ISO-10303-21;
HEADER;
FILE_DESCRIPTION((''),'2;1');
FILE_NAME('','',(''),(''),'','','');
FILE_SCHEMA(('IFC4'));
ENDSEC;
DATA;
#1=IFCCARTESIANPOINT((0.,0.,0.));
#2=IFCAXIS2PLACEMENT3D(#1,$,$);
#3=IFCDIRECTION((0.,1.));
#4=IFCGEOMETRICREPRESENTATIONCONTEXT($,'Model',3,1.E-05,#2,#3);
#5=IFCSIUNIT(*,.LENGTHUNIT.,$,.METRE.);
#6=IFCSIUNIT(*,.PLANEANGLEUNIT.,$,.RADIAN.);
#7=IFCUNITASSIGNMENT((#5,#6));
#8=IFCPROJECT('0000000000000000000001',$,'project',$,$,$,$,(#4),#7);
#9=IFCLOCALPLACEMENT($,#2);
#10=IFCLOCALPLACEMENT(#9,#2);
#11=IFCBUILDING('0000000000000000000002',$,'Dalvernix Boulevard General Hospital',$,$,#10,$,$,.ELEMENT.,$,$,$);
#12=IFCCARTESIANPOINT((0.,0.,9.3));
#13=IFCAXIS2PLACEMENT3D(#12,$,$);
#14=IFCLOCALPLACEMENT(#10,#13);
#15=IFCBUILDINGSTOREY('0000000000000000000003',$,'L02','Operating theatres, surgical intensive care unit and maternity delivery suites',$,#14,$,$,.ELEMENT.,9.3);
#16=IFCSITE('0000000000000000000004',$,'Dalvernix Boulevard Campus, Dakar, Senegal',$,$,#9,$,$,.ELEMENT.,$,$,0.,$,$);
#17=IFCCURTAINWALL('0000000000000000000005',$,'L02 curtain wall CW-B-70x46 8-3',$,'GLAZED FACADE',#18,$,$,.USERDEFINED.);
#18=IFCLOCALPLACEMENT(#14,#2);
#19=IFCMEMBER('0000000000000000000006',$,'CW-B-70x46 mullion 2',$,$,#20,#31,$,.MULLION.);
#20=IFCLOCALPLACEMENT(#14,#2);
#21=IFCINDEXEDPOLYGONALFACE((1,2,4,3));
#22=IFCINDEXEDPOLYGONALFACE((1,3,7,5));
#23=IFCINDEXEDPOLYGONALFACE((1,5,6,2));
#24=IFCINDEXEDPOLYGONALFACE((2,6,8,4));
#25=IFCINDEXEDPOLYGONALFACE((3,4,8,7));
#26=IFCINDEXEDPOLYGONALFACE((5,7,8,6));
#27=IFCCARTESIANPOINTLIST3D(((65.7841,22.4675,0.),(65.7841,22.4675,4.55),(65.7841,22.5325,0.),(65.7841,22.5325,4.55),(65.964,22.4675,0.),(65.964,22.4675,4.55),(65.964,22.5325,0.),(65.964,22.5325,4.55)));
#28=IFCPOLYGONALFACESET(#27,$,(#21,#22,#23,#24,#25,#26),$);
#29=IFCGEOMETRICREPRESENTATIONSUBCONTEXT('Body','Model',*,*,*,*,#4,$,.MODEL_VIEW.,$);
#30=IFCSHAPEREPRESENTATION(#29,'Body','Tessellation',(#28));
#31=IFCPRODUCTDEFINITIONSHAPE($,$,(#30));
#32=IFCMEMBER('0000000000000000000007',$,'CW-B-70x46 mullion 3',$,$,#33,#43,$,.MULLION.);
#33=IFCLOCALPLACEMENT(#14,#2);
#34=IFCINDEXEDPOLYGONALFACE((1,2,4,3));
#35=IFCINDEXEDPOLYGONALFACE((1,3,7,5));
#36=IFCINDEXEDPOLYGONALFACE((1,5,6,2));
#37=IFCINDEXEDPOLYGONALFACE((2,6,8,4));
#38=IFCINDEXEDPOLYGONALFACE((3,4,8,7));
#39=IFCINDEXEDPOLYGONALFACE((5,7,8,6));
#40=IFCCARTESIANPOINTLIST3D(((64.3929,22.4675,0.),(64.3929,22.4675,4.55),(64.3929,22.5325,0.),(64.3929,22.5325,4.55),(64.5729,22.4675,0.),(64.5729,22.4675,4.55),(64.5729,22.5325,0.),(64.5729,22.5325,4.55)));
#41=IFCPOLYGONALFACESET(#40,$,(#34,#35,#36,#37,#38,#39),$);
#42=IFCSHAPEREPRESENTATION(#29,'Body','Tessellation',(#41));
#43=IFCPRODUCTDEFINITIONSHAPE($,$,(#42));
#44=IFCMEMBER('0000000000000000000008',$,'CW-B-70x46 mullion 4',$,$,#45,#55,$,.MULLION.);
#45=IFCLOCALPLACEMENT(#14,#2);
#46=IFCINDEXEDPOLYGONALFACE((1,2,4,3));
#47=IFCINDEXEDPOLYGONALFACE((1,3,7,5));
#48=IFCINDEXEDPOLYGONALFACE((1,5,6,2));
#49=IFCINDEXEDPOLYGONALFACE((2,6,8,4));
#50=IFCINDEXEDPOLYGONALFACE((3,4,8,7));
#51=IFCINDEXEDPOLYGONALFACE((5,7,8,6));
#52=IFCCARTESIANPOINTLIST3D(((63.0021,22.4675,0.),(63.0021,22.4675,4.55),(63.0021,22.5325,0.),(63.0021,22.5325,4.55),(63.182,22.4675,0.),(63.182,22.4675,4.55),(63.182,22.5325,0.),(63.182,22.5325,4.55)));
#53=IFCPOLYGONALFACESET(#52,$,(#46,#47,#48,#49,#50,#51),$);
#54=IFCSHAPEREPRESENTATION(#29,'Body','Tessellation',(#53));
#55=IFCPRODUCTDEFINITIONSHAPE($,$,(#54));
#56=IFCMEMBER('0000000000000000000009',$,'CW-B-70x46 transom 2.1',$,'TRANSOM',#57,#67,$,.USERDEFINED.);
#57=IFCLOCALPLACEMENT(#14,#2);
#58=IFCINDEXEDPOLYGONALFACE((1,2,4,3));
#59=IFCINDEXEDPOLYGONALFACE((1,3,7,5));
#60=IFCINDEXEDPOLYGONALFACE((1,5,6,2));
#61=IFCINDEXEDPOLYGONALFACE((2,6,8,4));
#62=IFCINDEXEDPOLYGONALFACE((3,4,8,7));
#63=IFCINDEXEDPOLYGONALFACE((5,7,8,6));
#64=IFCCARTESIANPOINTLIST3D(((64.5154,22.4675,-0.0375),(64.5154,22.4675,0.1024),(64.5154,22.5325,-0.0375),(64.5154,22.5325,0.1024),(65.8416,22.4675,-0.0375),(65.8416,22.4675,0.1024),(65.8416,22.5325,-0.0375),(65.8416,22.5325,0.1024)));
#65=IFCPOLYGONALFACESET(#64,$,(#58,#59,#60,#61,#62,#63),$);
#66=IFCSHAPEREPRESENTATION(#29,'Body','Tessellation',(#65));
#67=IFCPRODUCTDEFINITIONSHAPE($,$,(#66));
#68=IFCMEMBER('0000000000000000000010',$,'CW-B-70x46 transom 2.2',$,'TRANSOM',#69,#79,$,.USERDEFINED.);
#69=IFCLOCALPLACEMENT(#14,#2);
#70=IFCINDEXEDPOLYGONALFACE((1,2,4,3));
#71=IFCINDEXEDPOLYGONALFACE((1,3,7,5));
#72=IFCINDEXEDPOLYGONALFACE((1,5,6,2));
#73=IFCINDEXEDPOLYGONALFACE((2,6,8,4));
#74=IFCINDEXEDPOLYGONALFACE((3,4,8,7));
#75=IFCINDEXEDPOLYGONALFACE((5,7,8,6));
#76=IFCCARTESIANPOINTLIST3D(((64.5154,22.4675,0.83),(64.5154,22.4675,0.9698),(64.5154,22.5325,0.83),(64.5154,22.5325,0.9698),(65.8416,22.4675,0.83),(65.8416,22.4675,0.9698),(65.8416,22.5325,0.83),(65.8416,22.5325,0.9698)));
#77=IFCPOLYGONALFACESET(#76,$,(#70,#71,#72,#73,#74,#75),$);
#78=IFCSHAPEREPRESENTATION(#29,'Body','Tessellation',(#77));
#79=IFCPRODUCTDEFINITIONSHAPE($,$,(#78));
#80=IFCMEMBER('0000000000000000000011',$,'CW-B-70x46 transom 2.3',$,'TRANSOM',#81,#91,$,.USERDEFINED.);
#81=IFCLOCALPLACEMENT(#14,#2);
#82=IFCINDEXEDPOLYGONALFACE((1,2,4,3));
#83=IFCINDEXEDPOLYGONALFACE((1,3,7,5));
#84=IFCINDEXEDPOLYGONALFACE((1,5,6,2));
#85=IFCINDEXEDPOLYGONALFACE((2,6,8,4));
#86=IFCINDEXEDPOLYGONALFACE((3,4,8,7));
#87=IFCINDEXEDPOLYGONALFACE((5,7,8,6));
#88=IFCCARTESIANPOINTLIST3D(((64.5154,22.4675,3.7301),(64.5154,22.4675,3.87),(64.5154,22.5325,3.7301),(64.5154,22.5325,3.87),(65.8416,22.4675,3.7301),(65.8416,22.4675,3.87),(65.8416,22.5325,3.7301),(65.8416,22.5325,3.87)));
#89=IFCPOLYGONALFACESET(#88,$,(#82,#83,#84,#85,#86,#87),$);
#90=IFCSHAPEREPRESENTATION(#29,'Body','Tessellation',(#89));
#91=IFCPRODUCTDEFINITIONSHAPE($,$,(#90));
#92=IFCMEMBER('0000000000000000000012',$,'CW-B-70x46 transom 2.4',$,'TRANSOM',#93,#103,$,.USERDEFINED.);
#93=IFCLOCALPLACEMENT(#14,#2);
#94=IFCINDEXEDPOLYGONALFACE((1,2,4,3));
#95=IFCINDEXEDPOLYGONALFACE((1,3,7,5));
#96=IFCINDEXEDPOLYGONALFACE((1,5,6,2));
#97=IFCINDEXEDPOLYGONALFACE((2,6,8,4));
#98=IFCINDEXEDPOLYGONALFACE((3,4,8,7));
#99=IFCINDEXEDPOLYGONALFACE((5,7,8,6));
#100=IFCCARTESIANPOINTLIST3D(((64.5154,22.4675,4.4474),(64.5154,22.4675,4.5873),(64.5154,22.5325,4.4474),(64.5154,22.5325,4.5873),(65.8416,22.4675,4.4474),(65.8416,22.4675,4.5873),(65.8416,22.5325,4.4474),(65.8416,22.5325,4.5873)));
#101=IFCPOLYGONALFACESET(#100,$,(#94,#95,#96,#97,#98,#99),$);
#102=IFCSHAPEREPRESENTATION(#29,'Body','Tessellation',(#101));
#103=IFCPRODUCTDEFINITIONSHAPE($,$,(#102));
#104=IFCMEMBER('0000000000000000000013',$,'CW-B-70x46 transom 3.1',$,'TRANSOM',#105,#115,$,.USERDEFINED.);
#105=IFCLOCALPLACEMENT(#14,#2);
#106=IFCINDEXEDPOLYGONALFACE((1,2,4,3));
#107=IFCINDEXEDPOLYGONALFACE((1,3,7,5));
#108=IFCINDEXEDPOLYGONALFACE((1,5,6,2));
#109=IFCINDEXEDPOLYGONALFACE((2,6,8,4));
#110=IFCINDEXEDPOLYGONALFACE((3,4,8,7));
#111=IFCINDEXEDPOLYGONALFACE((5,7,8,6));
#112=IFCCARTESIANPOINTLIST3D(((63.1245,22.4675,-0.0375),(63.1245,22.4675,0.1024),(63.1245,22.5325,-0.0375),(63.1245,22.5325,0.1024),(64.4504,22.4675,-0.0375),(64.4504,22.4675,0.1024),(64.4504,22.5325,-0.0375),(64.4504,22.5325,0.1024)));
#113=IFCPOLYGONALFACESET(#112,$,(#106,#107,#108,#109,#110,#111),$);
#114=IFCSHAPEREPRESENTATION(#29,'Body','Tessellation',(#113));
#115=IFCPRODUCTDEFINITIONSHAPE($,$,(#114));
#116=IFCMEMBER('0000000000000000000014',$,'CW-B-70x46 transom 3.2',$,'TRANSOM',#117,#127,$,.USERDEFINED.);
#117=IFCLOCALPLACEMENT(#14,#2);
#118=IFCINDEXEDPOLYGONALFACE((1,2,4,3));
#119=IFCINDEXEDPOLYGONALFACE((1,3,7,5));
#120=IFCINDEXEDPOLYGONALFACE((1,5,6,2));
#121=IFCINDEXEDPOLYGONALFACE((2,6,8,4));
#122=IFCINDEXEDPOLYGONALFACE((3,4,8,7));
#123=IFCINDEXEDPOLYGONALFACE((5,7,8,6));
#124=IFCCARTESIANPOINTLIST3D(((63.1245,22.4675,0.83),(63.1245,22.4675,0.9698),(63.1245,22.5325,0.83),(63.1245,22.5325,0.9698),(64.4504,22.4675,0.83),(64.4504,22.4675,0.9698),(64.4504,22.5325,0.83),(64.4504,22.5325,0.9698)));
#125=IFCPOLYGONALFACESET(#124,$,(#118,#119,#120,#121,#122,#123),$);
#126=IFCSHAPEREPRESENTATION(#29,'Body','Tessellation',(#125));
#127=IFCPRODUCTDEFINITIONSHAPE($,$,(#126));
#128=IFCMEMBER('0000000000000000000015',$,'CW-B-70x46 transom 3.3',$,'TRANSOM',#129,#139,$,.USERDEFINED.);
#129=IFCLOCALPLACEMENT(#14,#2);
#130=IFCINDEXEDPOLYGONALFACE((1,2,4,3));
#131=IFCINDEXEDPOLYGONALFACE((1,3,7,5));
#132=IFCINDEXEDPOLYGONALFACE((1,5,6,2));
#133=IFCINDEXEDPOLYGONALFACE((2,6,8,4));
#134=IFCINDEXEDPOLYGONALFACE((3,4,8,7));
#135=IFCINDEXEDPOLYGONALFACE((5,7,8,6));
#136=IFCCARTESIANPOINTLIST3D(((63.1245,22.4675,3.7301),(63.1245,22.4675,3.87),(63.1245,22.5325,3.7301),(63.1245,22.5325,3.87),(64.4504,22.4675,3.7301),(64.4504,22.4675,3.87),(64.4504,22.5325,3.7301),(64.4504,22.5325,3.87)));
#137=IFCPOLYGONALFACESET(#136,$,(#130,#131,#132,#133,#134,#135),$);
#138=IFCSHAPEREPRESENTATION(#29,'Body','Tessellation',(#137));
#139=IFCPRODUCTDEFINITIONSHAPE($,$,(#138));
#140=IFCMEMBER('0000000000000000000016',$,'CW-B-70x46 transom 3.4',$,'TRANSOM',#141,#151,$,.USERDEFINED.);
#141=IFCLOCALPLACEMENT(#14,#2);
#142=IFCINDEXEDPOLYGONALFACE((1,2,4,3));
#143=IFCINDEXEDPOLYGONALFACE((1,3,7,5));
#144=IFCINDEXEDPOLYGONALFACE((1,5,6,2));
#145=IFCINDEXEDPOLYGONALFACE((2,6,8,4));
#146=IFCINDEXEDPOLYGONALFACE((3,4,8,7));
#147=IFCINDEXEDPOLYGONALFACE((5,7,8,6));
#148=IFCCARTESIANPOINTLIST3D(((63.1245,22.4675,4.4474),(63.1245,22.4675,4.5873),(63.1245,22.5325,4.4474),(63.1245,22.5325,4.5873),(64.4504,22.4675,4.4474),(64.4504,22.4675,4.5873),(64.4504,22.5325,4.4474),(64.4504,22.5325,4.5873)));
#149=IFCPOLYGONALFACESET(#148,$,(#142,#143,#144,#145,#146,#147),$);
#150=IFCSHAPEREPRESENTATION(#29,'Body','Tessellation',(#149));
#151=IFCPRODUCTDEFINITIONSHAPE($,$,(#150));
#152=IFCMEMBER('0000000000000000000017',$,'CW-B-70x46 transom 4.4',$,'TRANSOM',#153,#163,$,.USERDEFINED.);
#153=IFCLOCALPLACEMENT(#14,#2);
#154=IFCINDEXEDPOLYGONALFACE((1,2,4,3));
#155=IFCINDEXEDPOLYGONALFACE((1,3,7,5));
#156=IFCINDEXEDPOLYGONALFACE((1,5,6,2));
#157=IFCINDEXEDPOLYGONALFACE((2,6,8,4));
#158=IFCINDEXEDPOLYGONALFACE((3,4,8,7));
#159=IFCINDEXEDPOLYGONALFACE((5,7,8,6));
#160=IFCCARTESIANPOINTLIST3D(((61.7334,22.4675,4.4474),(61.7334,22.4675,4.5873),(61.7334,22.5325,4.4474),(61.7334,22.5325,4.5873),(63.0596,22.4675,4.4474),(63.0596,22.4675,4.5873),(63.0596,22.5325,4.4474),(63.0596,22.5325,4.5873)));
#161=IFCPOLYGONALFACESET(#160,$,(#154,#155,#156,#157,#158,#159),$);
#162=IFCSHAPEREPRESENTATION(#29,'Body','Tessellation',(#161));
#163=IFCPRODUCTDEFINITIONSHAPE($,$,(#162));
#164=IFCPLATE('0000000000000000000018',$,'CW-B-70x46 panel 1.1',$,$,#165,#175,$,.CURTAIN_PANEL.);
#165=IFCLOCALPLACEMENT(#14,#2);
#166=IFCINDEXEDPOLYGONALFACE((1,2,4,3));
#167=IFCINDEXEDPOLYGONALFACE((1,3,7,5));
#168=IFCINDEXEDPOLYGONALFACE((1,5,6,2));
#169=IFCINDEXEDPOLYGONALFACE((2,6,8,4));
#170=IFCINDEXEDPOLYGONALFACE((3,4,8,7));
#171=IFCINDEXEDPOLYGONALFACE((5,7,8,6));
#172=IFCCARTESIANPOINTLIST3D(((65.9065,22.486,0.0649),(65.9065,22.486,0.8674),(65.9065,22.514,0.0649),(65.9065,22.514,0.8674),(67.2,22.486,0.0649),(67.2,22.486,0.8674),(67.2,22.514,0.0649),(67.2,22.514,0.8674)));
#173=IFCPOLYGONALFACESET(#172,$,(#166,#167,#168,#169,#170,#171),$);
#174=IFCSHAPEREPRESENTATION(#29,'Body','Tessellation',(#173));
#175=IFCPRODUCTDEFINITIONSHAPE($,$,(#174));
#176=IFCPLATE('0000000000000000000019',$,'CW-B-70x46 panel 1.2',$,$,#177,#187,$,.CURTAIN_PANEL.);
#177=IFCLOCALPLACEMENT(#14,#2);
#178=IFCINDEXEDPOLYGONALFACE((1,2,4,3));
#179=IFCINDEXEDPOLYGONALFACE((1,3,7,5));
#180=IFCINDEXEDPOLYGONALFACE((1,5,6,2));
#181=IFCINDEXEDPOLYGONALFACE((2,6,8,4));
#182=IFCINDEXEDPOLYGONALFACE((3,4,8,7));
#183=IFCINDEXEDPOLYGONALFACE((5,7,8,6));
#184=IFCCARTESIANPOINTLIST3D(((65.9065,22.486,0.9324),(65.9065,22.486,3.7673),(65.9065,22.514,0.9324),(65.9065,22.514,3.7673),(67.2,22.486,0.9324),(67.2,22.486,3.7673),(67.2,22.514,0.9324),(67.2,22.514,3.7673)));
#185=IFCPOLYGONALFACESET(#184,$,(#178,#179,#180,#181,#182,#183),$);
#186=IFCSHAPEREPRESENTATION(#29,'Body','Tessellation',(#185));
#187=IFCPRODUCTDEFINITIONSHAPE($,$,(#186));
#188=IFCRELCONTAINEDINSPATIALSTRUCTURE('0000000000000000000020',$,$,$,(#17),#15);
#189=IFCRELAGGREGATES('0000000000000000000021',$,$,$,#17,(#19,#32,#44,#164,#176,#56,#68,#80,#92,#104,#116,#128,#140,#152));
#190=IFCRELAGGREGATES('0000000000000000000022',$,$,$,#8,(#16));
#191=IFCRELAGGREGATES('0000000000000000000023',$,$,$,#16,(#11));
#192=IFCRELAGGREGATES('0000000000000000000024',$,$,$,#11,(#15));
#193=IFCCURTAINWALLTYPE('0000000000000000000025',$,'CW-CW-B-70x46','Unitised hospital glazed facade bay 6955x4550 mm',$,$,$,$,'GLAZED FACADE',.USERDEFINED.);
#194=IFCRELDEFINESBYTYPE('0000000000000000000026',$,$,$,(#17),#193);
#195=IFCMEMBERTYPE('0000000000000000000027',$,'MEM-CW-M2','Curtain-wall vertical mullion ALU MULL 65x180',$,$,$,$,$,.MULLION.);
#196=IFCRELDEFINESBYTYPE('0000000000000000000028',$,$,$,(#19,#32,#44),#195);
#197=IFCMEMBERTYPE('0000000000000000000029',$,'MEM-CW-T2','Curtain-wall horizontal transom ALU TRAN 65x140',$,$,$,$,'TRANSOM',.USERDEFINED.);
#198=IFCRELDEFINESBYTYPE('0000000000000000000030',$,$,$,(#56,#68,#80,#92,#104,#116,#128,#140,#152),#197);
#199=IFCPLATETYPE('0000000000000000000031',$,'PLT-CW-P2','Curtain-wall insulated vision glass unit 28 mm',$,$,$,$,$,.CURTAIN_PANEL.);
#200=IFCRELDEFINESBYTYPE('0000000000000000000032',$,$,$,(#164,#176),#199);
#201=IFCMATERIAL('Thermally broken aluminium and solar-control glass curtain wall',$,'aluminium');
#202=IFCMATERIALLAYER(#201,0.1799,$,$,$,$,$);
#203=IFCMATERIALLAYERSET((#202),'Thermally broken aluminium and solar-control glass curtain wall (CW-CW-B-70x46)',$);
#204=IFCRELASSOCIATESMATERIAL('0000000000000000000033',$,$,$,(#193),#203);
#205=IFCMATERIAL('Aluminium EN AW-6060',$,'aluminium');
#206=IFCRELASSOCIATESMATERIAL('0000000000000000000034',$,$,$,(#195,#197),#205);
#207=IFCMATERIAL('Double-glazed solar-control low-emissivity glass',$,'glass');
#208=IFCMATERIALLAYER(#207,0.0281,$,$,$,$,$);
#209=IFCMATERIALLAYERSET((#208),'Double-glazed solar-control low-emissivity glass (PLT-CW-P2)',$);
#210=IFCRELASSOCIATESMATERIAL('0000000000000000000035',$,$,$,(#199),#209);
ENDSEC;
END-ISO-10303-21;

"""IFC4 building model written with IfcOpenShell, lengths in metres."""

from ifc_helpers import new_model, si_unit, direction, frame, origin, origin_2d, place, context, subcontext, project, spatial, rectangle, extrude, material, layer, layer_set, material_profile, profile_set, type_object, element, aggregate, save


model = new_model("IFC4")

# Units and contexts
model_context = context("Model", 3, precision=1e-05, world=origin(), true_north=direction((0.0, 1.0)))
body_context = subcontext(model_context, "Body", "Model", "MODEL_VIEW")
ifc_project = project(units=[si_unit("LENGTHUNIT", "METRE"), si_unit("PLANEANGLEUNIT", "RADIAN")], contexts=[model_context])

# Site, building, storey
site_placement = place(None, origin())
site = spatial("IfcSite", under=ifc_project, at=site_placement, Name="Dalvernix Boulevard Campus, Dakar, Senegal", CompositionType="ELEMENT", RefElevation=0.0)
building_placement = place(site_placement, origin())
building = spatial("IfcBuilding", under=site, at=building_placement, Name="Dalvernix Boulevard General Hospital", CompositionType="ELEMENT")
storey_placement = place(building_placement, frame((0.0, 0.0, 9.3)))
storey = spatial("IfcBuildingStorey", under=building, at=storey_placement, Name="L02", Description="Operating theatres, surgical intensive care unit and maternity delivery suites", CompositionType="ELEMENT", Elevation=9.3)

# Curtain wall, members, plates
ifc_material_1 = material(Name="Thermally broken aluminium and solar-control glass curtain wall", Category="aluminium")
ifc_layer_1 = layer(ifc_material_1, 0.1799)
ifc_layer_set_1 = layer_set([ifc_layer_1], Name="Thermally broken aluminium and solar-control glass curtain wall (CW-CW-B-70x46)")
curtain_wall_type = type_object("IfcCurtainWallType", Name="CW-CW-B-70x46", Description="Unitised hospital glazed facade bay 6955x4550 mm", ElementType="GLAZED FACADE", PredefinedType="USERDEFINED", material=ifc_layer_set_1)
curtain_wall_placement = place(storey_placement, origin())
curtain_wall = element("IfcCurtainWall", 1, at=curtain_wall_placement, inside=storey, type_object=curtain_wall_type, Name="L02 curtain wall CW-B-70x46 8-3", ObjectType="GLAZED FACADE", PredefinedType="USERDEFINED")
ifc_material_2 = material(Name="Aluminium EN AW-6060", Category="aluminium")
ifc_material_profile_1 = material_profile(ifc_material_2, rectangle(XDim=0.0649, YDim=0.1799, at=origin_2d()), Name="ALU MULL 65x180")
ifc_profile_set_1 = profile_set([ifc_material_profile_1], Name="Aluminium EN AW-6060")
member_type_1 = type_object("IfcMemberType", Name="MEM-CW-M2", Description="Curtain-wall vertical mullion ALU MULL 65x180", PredefinedType="MULLION", material=ifc_profile_set_1)
member_1_placement = place(storey_placement, frame((65.874, 22.5, 0.0), z_axis=(0.0, 0.0, 1.0), x_axis=(0.0, -1.0, 0.0)))
member_1 = element("IfcMember", 2, at=member_1_placement, type_object=member_type_1, Name="CW-B-70x46 mullion 2", PredefinedType="MULLION", context=body_context, shape_type="SweptSolid", body=[
    extrude(rectangle(XDim=0.0649, YDim=0.1799, at=origin_2d()), origin(), (0.0, 0.0, 1.0), 4.55),
])
member_2_placement = place(storey_placement, frame((64.4829, 22.5, 0.0), z_axis=(0.0, 0.0, 1.0), x_axis=(0.0, -1.0, 0.0)))
member_2 = element("IfcMember", 3, at=member_2_placement, type_object=member_type_1, Name="CW-B-70x46 mullion 3", PredefinedType="MULLION", context=body_context, shape_type="SweptSolid", body=[
    extrude(rectangle(XDim=0.0649, YDim=0.1799, at=origin_2d()), origin(), (0.0, 0.0, 1.0), 4.55),
])
member_3_placement = place(storey_placement, frame((63.092, 22.5, 0.0), z_axis=(0.0, 0.0, 1.0), x_axis=(0.0, -1.0, 0.0)))
member_3 = element("IfcMember", 4, at=member_3_placement, type_object=member_type_1, Name="CW-B-70x46 mullion 4", PredefinedType="MULLION", context=body_context, shape_type="SweptSolid", body=[
    extrude(rectangle(XDim=0.0649, YDim=0.1799, at=origin_2d()), origin(), (0.0, 0.0, 1.0), 4.55),
])
ifc_material_profile_2 = material_profile(ifc_material_2, rectangle(XDim=0.0649, YDim=0.1399, at=origin_2d()), Name="ALU TRAN 65x140")
ifc_profile_set_2 = profile_set([ifc_material_profile_2], Name="Aluminium EN AW-6060")
member_type_2 = type_object("IfcMemberType", Name="MEM-CW-T2", Description="Curtain-wall horizontal transom ALU TRAN 65x140", ElementType="TRANSOM", PredefinedType="USERDEFINED", material=ifc_profile_set_2)
member_4_placement = place(storey_placement, frame((65.8416, 22.5, 0.0325), z_axis=(-1.0, 0.0, 0.0), x_axis=(0.0, -1.0, 0.0)))
member_4 = element("IfcMember", 5, at=member_4_placement, type_object=member_type_2, Name="CW-B-70x46 transom 2.1", ObjectType="TRANSOM", PredefinedType="USERDEFINED", context=body_context, shape_type="SweptSolid", body=[
    extrude(rectangle(XDim=0.0649, YDim=0.1399, at=origin_2d()), origin(), (0.0, 0.0, 1.0), 1.3262),
])
member_5_placement = place(storey_placement, frame((65.8416, 22.5, 0.8999), z_axis=(-1.0, 0.0, 0.0), x_axis=(0.0, -1.0, 0.0)))
member_5 = element("IfcMember", 6, at=member_5_placement, type_object=member_type_2, Name="CW-B-70x46 transom 2.2", ObjectType="TRANSOM", PredefinedType="USERDEFINED", context=body_context, shape_type="SweptSolid", body=[
    extrude(rectangle(XDim=0.0649, YDim=0.1399, at=origin_2d()), origin(), (0.0, 0.0, 1.0), 1.3262),
])
member_6_placement = place(storey_placement, frame((65.8416, 22.5, 3.8), z_axis=(-1.0, 0.0, 0.0), x_axis=(0.0, -1.0, 0.0)))
member_6 = element("IfcMember", 7, at=member_6_placement, type_object=member_type_2, Name="CW-B-70x46 transom 2.3", ObjectType="TRANSOM", PredefinedType="USERDEFINED", context=body_context, shape_type="SweptSolid", body=[
    extrude(rectangle(XDim=0.0649, YDim=0.1399, at=origin_2d()), origin(), (0.0, 0.0, 1.0), 1.3262),
])
member_7_placement = place(storey_placement, frame((65.8416, 22.5, 4.5173), z_axis=(-1.0, 0.0, 0.0), x_axis=(0.0, -1.0, 0.0)))
member_7 = element("IfcMember", 8, at=member_7_placement, type_object=member_type_2, Name="CW-B-70x46 transom 2.4", ObjectType="TRANSOM", PredefinedType="USERDEFINED", context=body_context, shape_type="SweptSolid", body=[
    extrude(rectangle(XDim=0.0649, YDim=0.1399, at=origin_2d()), origin(), (0.0, 0.0, 1.0), 1.3262),
])
member_8_placement = place(storey_placement, frame((64.4504, 22.5, 0.0325), z_axis=(-1.0, 0.0, 0.0), x_axis=(0.0, -1.0, 0.0)))
member_8 = element("IfcMember", 9, at=member_8_placement, type_object=member_type_2, Name="CW-B-70x46 transom 3.1", ObjectType="TRANSOM", PredefinedType="USERDEFINED", context=body_context, shape_type="SweptSolid", body=[
    extrude(rectangle(XDim=0.0649, YDim=0.1399, at=origin_2d()), origin(), (0.0, 0.0, 1.0), 1.3259),
])
member_9_placement = place(storey_placement, frame((64.4504, 22.5, 0.8999), z_axis=(-1.0, 0.0, 0.0), x_axis=(0.0, -1.0, 0.0)))
member_9 = element("IfcMember", 10, at=member_9_placement, type_object=member_type_2, Name="CW-B-70x46 transom 3.2", ObjectType="TRANSOM", PredefinedType="USERDEFINED", context=body_context, shape_type="SweptSolid", body=[
    extrude(rectangle(XDim=0.0649, YDim=0.1399, at=origin_2d()), origin(), (0.0, 0.0, 1.0), 1.3259),
])
member_10_placement = place(storey_placement, frame((64.4504, 22.5, 3.8), z_axis=(-1.0, 0.0, 0.0), x_axis=(0.0, -1.0, 0.0)))
member_10 = element("IfcMember", 11, at=member_10_placement, type_object=member_type_2, Name="CW-B-70x46 transom 3.3", ObjectType="TRANSOM", PredefinedType="USERDEFINED", context=body_context, shape_type="SweptSolid", body=[
    extrude(rectangle(XDim=0.0649, YDim=0.1399, at=origin_2d()), origin(), (0.0, 0.0, 1.0), 1.3259),
])
member_11_placement = place(storey_placement, frame((64.4504, 22.5, 4.5173), z_axis=(-1.0, 0.0, 0.0), x_axis=(0.0, -1.0, 0.0)))
member_11 = element("IfcMember", 12, at=member_11_placement, type_object=member_type_2, Name="CW-B-70x46 transom 3.4", ObjectType="TRANSOM", PredefinedType="USERDEFINED", context=body_context, shape_type="SweptSolid", body=[
    extrude(rectangle(XDim=0.0649, YDim=0.1399, at=origin_2d()), origin(), (0.0, 0.0, 1.0), 1.3259),
])
member_12_placement = place(storey_placement, frame((63.0596, 22.5, 4.5173), z_axis=(-1.0, 0.0, 0.0), x_axis=(0.0, -1.0, 0.0)))
member_12 = element("IfcMember", 13, at=member_12_placement, type_object=member_type_2, Name="CW-B-70x46 transom 4.4", ObjectType="TRANSOM", PredefinedType="USERDEFINED", context=body_context, shape_type="SweptSolid", body=[
    extrude(rectangle(XDim=0.0649, YDim=0.1399, at=origin_2d()), origin(), (0.0, 0.0, 1.0), 1.3262),
])
ifc_material_3 = material(Name="Double-glazed solar-control low-emissivity glass", Category="glass")
ifc_layer_2 = layer(ifc_material_3, 0.0281)
ifc_layer_set_2 = layer_set([ifc_layer_2], Name="Double-glazed solar-control low-emissivity glass (PLT-CW-P2)")
plate_type = type_object("IfcPlateType", Name="PLT-CW-P2", Description="Curtain-wall insulated vision glass unit 28 mm", PredefinedType="CURTAIN_PANEL", material=ifc_layer_set_2)
plate_1_placement = place(storey_placement, frame((66.5532, 22.5, 0.0649), z_axis=(0.0, 0.0, 1.0), x_axis=(-1.0, 0.0, 0.0)))
plate_1 = element("IfcPlate", 14, at=plate_1_placement, type_object=plate_type, Name="CW-B-70x46 panel 1.1", PredefinedType="CURTAIN_PANEL", context=body_context, shape_type="SweptSolid", body=[
    extrude(rectangle(XDim=1.2935, YDim=0.0281, at=origin_2d()), origin(), (0.0, 0.0, 1.0), 0.8025),
])
plate_2_placement = place(storey_placement, frame((66.5532, 22.5, 0.9324), z_axis=(0.0, 0.0, 1.0), x_axis=(-1.0, 0.0, 0.0)))
plate_2 = element("IfcPlate", 15, at=plate_2_placement, type_object=plate_type, Name="CW-B-70x46 panel 1.2", PredefinedType="CURTAIN_PANEL", context=body_context, shape_type="SweptSolid", body=[
    extrude(rectangle(XDim=1.2935, YDim=0.0281, at=origin_2d()), origin(), (0.0, 0.0, 1.0), 2.835),
])
aggregate(curtain_wall, [member_1, member_2, member_3, plate_1, plate_2, member_4, member_5, member_6, member_7, member_8, member_9, member_10, member_11, member_12])

save(model, "model.ifc")
